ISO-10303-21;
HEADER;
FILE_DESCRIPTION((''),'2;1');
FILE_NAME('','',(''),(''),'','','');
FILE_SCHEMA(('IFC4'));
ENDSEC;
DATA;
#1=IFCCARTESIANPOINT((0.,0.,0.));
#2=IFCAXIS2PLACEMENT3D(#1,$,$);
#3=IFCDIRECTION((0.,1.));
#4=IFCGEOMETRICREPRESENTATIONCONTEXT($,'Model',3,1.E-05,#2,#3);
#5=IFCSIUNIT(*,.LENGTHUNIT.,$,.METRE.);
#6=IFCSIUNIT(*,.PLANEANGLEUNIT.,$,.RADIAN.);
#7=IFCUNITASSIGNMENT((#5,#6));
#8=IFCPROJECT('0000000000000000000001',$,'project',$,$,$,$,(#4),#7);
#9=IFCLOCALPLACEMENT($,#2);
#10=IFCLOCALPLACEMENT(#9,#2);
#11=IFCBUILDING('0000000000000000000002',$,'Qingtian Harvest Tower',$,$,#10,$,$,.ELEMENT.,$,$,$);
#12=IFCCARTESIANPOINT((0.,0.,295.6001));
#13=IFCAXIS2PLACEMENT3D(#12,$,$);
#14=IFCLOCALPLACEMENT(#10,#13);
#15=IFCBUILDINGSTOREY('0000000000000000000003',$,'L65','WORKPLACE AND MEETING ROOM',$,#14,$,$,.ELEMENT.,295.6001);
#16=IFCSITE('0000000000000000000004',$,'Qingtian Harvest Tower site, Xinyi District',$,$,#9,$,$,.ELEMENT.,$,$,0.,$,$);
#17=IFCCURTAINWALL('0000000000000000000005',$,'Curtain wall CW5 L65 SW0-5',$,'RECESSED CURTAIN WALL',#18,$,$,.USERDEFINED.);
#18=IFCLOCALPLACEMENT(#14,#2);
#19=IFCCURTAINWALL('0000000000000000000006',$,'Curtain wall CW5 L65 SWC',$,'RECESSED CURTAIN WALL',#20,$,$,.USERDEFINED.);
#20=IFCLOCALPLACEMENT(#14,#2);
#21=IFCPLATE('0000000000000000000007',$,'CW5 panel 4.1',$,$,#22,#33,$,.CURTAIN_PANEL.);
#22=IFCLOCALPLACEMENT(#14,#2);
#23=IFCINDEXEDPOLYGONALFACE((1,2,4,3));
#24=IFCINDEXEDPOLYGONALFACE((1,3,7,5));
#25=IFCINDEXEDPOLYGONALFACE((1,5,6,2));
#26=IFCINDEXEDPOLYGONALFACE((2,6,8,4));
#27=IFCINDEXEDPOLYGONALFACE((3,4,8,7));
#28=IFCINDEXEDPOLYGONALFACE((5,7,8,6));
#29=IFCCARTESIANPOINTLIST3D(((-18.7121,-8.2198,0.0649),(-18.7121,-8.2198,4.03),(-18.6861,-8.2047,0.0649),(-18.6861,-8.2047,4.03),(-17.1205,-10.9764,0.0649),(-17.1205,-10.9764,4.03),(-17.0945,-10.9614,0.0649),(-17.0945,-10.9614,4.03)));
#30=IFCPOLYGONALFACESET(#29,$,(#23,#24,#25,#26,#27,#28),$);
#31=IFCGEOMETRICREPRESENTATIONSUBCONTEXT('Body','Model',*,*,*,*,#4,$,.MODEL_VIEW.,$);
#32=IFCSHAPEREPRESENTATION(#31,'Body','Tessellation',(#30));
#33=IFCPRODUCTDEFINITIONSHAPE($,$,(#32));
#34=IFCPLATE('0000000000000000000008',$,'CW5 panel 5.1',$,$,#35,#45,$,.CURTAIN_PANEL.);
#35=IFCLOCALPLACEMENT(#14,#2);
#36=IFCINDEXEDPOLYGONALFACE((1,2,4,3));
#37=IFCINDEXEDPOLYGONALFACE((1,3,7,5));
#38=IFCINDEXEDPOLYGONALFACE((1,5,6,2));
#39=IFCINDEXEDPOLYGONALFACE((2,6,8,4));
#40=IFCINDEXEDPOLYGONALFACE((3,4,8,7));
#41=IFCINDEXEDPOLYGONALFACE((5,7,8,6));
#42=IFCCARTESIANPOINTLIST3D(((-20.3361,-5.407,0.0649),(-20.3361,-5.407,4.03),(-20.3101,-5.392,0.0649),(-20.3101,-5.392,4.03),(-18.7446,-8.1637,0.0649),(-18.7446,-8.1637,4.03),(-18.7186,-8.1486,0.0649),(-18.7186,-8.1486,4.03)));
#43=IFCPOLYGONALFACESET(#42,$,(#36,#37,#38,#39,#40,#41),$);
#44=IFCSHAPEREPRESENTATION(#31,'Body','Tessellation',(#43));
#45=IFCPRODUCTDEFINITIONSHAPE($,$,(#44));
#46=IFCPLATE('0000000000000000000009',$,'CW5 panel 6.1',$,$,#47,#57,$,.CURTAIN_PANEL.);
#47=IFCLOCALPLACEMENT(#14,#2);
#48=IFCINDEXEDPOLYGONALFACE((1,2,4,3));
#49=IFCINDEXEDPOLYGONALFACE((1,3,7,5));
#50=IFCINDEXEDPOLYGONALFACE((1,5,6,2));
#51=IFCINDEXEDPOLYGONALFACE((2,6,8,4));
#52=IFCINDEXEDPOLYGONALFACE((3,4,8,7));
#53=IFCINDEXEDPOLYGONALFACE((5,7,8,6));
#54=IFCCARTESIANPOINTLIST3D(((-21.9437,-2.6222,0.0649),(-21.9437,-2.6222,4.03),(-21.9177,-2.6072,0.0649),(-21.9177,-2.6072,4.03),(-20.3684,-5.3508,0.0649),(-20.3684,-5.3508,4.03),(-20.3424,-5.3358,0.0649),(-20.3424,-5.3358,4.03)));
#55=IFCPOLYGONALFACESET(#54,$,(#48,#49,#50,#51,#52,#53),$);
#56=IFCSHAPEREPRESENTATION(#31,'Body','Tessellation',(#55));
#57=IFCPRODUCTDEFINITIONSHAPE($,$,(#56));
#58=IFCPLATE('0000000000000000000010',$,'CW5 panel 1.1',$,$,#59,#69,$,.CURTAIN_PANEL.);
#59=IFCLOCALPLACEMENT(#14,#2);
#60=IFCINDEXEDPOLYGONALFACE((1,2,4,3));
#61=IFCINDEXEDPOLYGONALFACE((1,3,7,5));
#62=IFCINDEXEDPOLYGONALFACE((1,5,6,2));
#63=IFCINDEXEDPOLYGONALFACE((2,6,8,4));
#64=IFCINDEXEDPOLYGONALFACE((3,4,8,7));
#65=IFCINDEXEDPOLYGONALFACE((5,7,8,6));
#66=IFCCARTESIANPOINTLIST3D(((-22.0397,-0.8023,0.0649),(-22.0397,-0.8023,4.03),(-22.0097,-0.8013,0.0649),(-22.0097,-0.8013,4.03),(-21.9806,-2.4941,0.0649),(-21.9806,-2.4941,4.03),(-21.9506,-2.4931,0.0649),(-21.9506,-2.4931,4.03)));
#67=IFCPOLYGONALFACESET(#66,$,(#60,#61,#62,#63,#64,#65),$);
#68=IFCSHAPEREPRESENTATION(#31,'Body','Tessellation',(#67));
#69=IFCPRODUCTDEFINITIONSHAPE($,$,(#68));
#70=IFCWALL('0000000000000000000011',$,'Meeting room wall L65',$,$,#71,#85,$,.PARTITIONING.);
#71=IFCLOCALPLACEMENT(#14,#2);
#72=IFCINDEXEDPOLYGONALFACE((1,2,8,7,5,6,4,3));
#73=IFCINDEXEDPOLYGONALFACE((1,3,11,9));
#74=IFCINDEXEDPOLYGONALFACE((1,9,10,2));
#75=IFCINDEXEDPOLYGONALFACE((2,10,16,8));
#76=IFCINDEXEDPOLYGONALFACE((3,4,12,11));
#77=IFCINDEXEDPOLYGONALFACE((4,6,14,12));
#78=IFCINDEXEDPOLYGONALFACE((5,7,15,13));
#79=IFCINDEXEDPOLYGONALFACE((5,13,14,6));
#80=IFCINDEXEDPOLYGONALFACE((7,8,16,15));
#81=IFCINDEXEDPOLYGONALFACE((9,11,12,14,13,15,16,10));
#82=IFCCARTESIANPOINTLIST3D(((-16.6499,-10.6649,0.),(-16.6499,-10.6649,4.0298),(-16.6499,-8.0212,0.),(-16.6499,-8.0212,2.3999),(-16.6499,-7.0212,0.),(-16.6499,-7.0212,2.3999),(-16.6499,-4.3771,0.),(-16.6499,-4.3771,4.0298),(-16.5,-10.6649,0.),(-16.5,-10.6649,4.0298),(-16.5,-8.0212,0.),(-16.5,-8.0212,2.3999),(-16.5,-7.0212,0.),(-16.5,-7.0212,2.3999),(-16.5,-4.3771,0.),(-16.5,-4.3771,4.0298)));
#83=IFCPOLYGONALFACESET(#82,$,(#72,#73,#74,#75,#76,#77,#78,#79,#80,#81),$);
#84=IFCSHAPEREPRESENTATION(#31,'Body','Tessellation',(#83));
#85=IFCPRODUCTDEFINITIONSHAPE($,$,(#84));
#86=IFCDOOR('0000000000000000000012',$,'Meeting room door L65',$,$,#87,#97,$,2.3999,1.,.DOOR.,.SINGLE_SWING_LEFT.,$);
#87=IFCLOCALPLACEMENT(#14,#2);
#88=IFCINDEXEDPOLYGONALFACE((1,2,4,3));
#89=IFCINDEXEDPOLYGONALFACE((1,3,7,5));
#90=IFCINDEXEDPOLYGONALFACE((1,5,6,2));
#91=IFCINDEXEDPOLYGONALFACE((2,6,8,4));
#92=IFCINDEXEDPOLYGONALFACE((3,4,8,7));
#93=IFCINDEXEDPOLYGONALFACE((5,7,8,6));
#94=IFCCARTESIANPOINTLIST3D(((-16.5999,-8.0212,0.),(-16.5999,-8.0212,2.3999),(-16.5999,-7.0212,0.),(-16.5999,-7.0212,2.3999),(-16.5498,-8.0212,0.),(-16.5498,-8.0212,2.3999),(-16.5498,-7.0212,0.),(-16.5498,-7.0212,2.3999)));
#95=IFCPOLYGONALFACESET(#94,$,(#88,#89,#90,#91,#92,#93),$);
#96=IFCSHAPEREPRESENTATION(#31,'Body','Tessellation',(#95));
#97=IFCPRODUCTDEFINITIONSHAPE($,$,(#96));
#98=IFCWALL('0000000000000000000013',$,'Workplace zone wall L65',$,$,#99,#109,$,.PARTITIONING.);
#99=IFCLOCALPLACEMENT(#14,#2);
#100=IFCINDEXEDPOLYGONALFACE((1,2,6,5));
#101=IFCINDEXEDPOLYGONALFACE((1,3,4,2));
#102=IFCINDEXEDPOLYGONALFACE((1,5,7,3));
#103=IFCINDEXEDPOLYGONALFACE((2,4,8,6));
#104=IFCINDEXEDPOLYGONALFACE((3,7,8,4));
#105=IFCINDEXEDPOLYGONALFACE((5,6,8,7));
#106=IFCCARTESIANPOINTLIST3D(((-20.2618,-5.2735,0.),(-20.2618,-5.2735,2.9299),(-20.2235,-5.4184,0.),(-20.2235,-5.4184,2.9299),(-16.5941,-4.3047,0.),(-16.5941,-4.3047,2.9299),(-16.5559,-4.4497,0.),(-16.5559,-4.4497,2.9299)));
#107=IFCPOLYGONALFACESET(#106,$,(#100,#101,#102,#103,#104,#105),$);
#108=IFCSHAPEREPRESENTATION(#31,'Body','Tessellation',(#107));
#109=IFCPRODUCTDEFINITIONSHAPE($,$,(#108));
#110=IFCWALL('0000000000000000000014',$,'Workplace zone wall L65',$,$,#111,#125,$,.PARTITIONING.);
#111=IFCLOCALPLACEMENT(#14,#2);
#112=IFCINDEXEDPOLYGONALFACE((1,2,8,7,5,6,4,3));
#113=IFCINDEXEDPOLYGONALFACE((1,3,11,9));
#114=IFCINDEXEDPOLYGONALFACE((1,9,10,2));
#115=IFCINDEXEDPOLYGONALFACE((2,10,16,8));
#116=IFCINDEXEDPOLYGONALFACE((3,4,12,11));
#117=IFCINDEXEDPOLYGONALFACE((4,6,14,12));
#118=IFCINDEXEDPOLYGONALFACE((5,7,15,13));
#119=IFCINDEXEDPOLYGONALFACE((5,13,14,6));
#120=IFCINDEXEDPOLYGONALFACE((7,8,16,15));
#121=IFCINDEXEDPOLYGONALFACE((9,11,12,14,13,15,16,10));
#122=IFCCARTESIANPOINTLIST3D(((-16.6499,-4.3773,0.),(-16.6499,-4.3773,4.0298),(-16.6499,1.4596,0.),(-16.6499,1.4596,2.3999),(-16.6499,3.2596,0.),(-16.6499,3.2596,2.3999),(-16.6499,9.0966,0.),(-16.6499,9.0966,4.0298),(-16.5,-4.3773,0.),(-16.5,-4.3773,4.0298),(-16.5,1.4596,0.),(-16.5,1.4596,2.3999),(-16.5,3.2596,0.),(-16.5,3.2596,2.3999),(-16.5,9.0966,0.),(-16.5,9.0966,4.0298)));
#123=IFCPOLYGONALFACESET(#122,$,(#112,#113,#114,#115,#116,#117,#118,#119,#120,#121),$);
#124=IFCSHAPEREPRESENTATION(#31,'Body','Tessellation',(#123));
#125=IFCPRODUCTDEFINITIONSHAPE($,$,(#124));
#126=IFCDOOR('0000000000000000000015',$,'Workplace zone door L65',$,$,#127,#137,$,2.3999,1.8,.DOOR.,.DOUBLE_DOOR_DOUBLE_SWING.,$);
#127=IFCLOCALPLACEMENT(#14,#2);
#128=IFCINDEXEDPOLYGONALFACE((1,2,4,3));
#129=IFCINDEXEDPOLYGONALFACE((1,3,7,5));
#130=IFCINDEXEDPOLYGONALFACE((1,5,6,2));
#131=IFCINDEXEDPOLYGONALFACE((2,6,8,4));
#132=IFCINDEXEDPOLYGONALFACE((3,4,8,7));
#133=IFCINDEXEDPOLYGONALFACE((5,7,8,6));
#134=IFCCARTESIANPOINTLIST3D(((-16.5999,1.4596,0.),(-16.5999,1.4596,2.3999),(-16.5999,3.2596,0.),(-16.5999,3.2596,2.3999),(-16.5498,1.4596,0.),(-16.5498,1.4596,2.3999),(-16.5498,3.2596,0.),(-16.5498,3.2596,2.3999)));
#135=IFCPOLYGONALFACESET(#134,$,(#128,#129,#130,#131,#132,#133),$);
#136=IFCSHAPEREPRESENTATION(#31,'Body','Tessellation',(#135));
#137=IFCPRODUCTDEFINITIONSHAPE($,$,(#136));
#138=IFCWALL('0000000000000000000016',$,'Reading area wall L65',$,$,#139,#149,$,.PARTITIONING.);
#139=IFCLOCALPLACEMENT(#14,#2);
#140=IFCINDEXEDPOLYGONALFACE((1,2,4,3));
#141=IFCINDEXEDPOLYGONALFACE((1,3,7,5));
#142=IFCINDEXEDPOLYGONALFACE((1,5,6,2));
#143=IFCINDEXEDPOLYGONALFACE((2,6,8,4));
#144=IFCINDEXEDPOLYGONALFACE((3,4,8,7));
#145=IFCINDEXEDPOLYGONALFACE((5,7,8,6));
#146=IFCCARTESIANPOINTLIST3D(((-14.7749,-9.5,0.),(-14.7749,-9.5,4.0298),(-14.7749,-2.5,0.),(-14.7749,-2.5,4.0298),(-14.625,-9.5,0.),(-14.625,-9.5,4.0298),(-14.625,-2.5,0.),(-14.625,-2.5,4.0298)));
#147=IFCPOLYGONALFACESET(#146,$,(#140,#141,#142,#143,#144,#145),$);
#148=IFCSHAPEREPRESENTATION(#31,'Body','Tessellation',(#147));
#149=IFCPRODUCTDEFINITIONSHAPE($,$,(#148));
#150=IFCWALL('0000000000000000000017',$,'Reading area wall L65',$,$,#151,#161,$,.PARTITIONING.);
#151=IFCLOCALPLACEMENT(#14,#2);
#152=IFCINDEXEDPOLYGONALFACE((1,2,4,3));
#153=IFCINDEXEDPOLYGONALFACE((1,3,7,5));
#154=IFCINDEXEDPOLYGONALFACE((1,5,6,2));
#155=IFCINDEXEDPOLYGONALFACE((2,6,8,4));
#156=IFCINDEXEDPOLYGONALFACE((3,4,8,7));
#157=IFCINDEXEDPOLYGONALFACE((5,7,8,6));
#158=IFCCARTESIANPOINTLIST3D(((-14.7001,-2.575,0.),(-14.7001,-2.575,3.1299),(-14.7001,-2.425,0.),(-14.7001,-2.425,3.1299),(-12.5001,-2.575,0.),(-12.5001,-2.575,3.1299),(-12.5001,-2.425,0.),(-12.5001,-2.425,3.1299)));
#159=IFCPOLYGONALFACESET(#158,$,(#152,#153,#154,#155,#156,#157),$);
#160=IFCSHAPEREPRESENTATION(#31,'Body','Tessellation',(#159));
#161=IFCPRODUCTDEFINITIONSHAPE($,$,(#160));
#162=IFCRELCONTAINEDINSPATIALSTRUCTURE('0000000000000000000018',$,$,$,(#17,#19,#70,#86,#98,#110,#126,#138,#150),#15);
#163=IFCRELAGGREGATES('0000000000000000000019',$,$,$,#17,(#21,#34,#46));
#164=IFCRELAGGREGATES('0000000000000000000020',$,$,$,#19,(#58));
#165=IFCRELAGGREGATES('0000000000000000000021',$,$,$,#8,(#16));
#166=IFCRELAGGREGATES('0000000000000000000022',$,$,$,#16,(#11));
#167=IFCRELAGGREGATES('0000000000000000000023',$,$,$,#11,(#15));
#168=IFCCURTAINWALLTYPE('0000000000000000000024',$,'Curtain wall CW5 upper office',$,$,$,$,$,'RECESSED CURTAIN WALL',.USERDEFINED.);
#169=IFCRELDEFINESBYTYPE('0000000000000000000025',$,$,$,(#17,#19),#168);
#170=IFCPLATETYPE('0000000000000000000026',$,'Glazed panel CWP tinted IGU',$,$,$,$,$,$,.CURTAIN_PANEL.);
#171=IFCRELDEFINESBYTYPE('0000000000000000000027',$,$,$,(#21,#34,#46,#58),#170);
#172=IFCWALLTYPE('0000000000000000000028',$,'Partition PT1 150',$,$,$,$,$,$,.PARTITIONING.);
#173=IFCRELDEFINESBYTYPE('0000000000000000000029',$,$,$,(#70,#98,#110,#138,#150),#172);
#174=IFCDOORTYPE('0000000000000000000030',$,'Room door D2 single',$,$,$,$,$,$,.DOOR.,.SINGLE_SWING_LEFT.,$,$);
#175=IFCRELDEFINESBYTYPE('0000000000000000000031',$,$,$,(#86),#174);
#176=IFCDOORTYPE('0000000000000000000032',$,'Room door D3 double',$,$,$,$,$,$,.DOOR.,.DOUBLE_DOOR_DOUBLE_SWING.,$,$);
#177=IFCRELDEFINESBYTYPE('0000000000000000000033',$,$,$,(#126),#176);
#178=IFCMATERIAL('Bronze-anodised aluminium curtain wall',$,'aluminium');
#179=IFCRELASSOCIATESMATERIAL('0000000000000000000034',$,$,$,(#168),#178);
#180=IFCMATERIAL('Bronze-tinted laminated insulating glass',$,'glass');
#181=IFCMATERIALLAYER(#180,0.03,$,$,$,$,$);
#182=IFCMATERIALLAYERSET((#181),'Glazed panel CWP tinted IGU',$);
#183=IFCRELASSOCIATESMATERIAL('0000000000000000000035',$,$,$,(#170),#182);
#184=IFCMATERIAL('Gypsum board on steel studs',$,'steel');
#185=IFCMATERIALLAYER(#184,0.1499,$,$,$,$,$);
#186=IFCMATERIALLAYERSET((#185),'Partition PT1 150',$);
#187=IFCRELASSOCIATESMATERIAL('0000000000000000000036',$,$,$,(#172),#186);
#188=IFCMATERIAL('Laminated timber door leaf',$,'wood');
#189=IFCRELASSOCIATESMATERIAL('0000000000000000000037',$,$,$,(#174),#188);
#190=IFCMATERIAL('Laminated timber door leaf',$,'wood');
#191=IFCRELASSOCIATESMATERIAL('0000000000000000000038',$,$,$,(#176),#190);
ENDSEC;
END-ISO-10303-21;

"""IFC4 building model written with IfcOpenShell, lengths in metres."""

from ifc_helpers import new_model, si_unit, direction, frame, frame_2d, origin, origin_2d, place, context, subcontext, project, spatial, rectangle, extrude, material, layer, layer_set, type_object, element, fill, aggregate, save


model = new_model("IFC4")

# Units and contexts
model_context = context("Model", 3, precision=1e-05, world=origin(), true_north=direction((0.0, 1.0)))
body_context = subcontext(model_context, "Body", "Model", "MODEL_VIEW")
ifc_project = project(units=[si_unit("LENGTHUNIT", "METRE"), si_unit("PLANEANGLEUNIT", "RADIAN")], contexts=[model_context])

# Site, building, storey
site_placement = place(None, origin())
site = spatial("IfcSite", under=ifc_project, at=site_placement, Name="Qingtian Harvest Tower site, Xinyi District", CompositionType="ELEMENT", RefElevation=0.0)
building_placement = place(site_placement, origin())
building = spatial("IfcBuilding", under=site, at=building_placement, Name="Qingtian Harvest Tower", CompositionType="ELEMENT")
storey_placement = place(building_placement, frame((0.0, 0.0, 295.6001)))
storey = spatial("IfcBuildingStorey", under=building, at=storey_placement, Name="L65", Description="WORKPLACE AND MEETING ROOM", CompositionType="ELEMENT", Elevation=295.6001)

# Curtain walls
ifc_material_1 = material(Name="Bronze-anodised aluminium curtain wall", Category="aluminium")
curtain_wall_type = type_object("IfcCurtainWallType", Name="Curtain wall CW5 upper office", ElementType="RECESSED CURTAIN WALL", PredefinedType="USERDEFINED", material=ifc_material_1)
curtain_wall_1_placement = place(storey_placement, origin())
curtain_wall_1 = element("IfcCurtainWall", 1, at=curtain_wall_1_placement, inside=storey, type_object=curtain_wall_type, Name="Curtain wall CW5 L65 SW0-5", ObjectType="RECESSED CURTAIN WALL", PredefinedType="USERDEFINED")
curtain_wall_2_placement = place(storey_placement, origin())
curtain_wall_2 = element("IfcCurtainWall", 2, at=curtain_wall_2_placement, inside=storey, type_object=curtain_wall_type, Name="Curtain wall CW5 L65 SWC", ObjectType="RECESSED CURTAIN WALL", PredefinedType="USERDEFINED")

# Plates
ifc_material_2 = material(Name="Bronze-tinted laminated insulating glass", Category="glass")
ifc_layer_1 = layer(ifc_material_2, 0.03)
ifc_layer_set_1 = layer_set([ifc_layer_1], Name="Glazed panel CWP tinted IGU")
plate_type = type_object("IfcPlateType", Name="Glazed panel CWP tinted IGU", PredefinedType="CURTAIN_PANEL", material=ifc_layer_set_1)
plate_1_placement = place(storey_placement, frame((-17.9033, -9.5906, 0.0649), z_axis=(0.0, 0.0, 1.0), x_axis=(-0.5, 0.866025, 0.0)))
plate_1 = element("IfcPlate", 3, at=plate_1_placement, type_object=plate_type, Name="CW5 panel 4.1", PredefinedType="CURTAIN_PANEL", context=body_context, shape_type="SweptSolid", body=[
    extrude(rectangle(XDim=3.1831, YDim=0.03, at=origin_2d()), origin(), (0.0, 0.0, 1.0), 3.9651),
])
plate_2_placement = place(storey_placement, frame((-19.5273, -6.7778, 0.0649), z_axis=(0.0, 0.0, 1.0), x_axis=(-0.5, 0.866025, 0.0)))
plate_2 = element("IfcPlate", 4, at=plate_2_placement, type_object=plate_type, Name="CW5 panel 5.1", PredefinedType="CURTAIN_PANEL", context=body_context, shape_type="SweptSolid", body=[
    extrude(rectangle(XDim=3.1831, YDim=0.03, at=origin_2d()), origin(), (0.0, 0.0, 1.0), 3.9651),
])
plate_3_placement = place(storey_placement, frame((-21.1431, -3.979, 0.0649), z_axis=(0.0, 0.0, 1.0), x_axis=(-0.5, 0.866025, 0.0)))
plate_3 = element("IfcPlate", 5, at=plate_3_placement, type_object=plate_type, Name="CW5 panel 6.1", PredefinedType="CURTAIN_PANEL", context=body_context, shape_type="SweptSolid", body=[
    extrude(rectangle(XDim=3.1506, YDim=0.03, at=origin_2d()), origin(), (0.0, 0.0, 1.0), 3.9651),
])
aggregate(curtain_wall_1, [plate_1, plate_2, plate_3])
plate_4_placement = place(storey_placement, frame((-21.9951, -1.6477, 0.0649), z_axis=(0.0, 0.0, 1.0), x_axis=(-0.034899, 0.999391, 0.0)))
plate_4 = element("IfcPlate", 6, at=plate_4_placement, type_object=plate_type, Name="CW5 panel 1.1", PredefinedType="CURTAIN_PANEL", context=body_context, shape_type="SweptSolid", body=[
    extrude(rectangle(XDim=1.6929, YDim=0.03, at=origin_2d()), origin(), (0.0, 0.0, 1.0), 3.9651),
])
aggregate(curtain_wall_2, [plate_4])

# Wall, opening, door
ifc_material_3 = material(Name="Gypsum board on steel studs", Category="steel")
ifc_layer_2 = layer(ifc_material_3, 0.1499)
ifc_layer_set_2 = layer_set([ifc_layer_2], Name="Partition PT1 150")
wall_type = type_object("IfcWallType", Name="Partition PT1 150", PredefinedType="PARTITIONING", material=ifc_layer_set_2)
wall_1_placement = place(storey_placement, frame((-16.575, -10.665, 0.0), z_axis=(0.0, 0.0, 1.0), x_axis=(0.0, 1.0, 0.0)))
wall_1 = element("IfcWall", 7, at=wall_1_placement, inside=storey, type_object=wall_type, Name="Meeting room wall L65", PredefinedType="PARTITIONING", context=body_context, shape_type="SweptSolid", body=[
    extrude(rectangle(XDim=6.2878, YDim=0.1499, at=frame_2d((3.144, 0.0))), origin(), (0.0, 0.0, 1.0), 4.0298),
])
opening_1_placement = place(wall_1_placement, frame((2.6438, 0.0, 0.0)))
opening_1 = element("IfcOpeningElement", 8, at=opening_1_placement, cuts=wall_1, PredefinedType="OPENING", context=body_context, shape_type="SweptSolid", body=[
    extrude(rectangle(XDim=1.0, YDim=2.3999, at=frame_2d((0.5, 1.2))), frame((0.0, 0.085, 0.0), z_axis=(0.0, -1.0, 0.0), x_axis=(1.0, 0.0, 0.0)), (0.0, 0.0, 1.0), 0.1699),
])
ifc_material_4 = material(Name="Laminated timber door leaf", Category="wood")
door_type_1 = type_object("IfcDoorType", Name="Room door D2 single", OperationType="SINGLE_SWING_LEFT", PredefinedType="DOOR", material=ifc_material_4)
door_1_placement = place(opening_1_placement, origin())
door_1 = element("IfcDoor", 9, at=door_1_placement, inside=storey, type_object=door_type_1, Name="Meeting room door L65", OperationType="SINGLE_SWING_LEFT", OverallHeight=2.3999, OverallWidth=1.0, PredefinedType="DOOR", context=body_context, shape_type="SweptSolid", body=[
    extrude(rectangle(XDim=1.0, YDim=2.3999, at=frame_2d((0.5, 1.2))), frame((0.0, 0.0249, 0.0), z_axis=(0.0, -1.0, 0.0), x_axis=(1.0, 0.0, 0.0)), (0.0, 0.0, 1.0), 0.05),
])
fill(opening_1, door_1)

# Wall
wall_2_placement = place(storey_placement, frame((-20.2427, -5.3459, 0.0), z_axis=(0.0, 0.0, 1.0), x_axis=(0.966843, 0.255371, 0.0)))
element("IfcWall", 10, at=wall_2_placement, inside=storey, type_object=wall_type, Name="Workplace zone wall L65", PredefinedType="PARTITIONING", context=body_context, shape_type="SweptSolid", body=[
    extrude(rectangle(XDim=3.7935, YDim=0.1499, at=frame_2d((1.8967, 0.0))), origin(), (0.0, 0.0, 1.0), 2.9299),
])

# Wall, opening, door
wall_3_placement = place(storey_placement, frame((-16.575, -4.3772, 0.0), z_axis=(0.0, 0.0, 1.0), x_axis=(0.0, 1.0, 0.0)))
wall_3 = element("IfcWall", 11, at=wall_3_placement, inside=storey, type_object=wall_type, Name="Workplace zone wall L65", PredefinedType="PARTITIONING", context=body_context, shape_type="SweptSolid", body=[
    extrude(rectangle(XDim=13.4739, YDim=0.1499, at=frame_2d((6.7368, 0.0))), origin(), (0.0, 0.0, 1.0), 4.0298),
])
opening_2_placement = place(wall_3_placement, frame((5.8369, 0.0, 0.0)))
opening_2 = element("IfcOpeningElement", 12, at=opening_2_placement, cuts=wall_3, PredefinedType="OPENING", context=body_context, shape_type="SweptSolid", body=[
    extrude(rectangle(XDim=1.8, YDim=2.3999, at=frame_2d((0.8999, 1.2))), frame((0.0, 0.085, 0.0), z_axis=(0.0, -1.0, 0.0), x_axis=(1.0, 0.0, 0.0)), (0.0, 0.0, 1.0), 0.1699),
])
ifc_material_5 = material(Name="Laminated timber door leaf", Category="wood")
door_type_2 = type_object("IfcDoorType", Name="Room door D3 double", OperationType="DOUBLE_DOOR_DOUBLE_SWING", PredefinedType="DOOR", material=ifc_material_5)
door_2_placement = place(opening_2_placement, origin())
door_2 = element("IfcDoor", 13, at=door_2_placement, inside=storey, type_object=door_type_2, Name="Workplace zone door L65", OperationType="DOUBLE_DOOR_DOUBLE_SWING", OverallHeight=2.3999, OverallWidth=1.8, PredefinedType="DOOR", context=body_context, shape_type="SweptSolid", body=[
    extrude(rectangle(XDim=1.8, YDim=2.3999, at=frame_2d((0.8999, 1.2))), frame((0.0, 0.0249, 0.0), z_axis=(0.0, -1.0, 0.0), x_axis=(1.0, 0.0, 0.0)), (0.0, 0.0, 1.0), 0.05),
])
fill(opening_2, door_2)

# Walls
wall_4_placement = place(storey_placement, frame((-14.7, -9.5, 0.0), z_axis=(0.0, 0.0, 1.0), x_axis=(0.0, 1.0, 0.0)))
element("IfcWall", 14, at=wall_4_placement, inside=storey, type_object=wall_type, Name="Reading area wall L65", PredefinedType="PARTITIONING", context=body_context, shape_type="SweptSolid", body=[
    extrude(rectangle(XDim=7.0, YDim=0.1499, at=frame_2d((3.5, 0.0))), origin(), (0.0, 0.0, 1.0), 4.0298),
])
wall_5_placement = place(storey_placement, frame((-12.5, -2.5, 0.0), z_axis=(0.0, 0.0, 1.0), x_axis=(-1.0, 0.0, 0.0)))
element("IfcWall", 15, at=wall_5_placement, inside=storey, type_object=wall_type, Name="Reading area wall L65", PredefinedType="PARTITIONING", context=body_context, shape_type="SweptSolid", body=[
    extrude(rectangle(XDim=2.2, YDim=0.1499, at=frame_2d((1.1001, 0.0))), origin(), (0.0, 0.0, 1.0), 3.1299),
])

save(model, "model.ifc")
